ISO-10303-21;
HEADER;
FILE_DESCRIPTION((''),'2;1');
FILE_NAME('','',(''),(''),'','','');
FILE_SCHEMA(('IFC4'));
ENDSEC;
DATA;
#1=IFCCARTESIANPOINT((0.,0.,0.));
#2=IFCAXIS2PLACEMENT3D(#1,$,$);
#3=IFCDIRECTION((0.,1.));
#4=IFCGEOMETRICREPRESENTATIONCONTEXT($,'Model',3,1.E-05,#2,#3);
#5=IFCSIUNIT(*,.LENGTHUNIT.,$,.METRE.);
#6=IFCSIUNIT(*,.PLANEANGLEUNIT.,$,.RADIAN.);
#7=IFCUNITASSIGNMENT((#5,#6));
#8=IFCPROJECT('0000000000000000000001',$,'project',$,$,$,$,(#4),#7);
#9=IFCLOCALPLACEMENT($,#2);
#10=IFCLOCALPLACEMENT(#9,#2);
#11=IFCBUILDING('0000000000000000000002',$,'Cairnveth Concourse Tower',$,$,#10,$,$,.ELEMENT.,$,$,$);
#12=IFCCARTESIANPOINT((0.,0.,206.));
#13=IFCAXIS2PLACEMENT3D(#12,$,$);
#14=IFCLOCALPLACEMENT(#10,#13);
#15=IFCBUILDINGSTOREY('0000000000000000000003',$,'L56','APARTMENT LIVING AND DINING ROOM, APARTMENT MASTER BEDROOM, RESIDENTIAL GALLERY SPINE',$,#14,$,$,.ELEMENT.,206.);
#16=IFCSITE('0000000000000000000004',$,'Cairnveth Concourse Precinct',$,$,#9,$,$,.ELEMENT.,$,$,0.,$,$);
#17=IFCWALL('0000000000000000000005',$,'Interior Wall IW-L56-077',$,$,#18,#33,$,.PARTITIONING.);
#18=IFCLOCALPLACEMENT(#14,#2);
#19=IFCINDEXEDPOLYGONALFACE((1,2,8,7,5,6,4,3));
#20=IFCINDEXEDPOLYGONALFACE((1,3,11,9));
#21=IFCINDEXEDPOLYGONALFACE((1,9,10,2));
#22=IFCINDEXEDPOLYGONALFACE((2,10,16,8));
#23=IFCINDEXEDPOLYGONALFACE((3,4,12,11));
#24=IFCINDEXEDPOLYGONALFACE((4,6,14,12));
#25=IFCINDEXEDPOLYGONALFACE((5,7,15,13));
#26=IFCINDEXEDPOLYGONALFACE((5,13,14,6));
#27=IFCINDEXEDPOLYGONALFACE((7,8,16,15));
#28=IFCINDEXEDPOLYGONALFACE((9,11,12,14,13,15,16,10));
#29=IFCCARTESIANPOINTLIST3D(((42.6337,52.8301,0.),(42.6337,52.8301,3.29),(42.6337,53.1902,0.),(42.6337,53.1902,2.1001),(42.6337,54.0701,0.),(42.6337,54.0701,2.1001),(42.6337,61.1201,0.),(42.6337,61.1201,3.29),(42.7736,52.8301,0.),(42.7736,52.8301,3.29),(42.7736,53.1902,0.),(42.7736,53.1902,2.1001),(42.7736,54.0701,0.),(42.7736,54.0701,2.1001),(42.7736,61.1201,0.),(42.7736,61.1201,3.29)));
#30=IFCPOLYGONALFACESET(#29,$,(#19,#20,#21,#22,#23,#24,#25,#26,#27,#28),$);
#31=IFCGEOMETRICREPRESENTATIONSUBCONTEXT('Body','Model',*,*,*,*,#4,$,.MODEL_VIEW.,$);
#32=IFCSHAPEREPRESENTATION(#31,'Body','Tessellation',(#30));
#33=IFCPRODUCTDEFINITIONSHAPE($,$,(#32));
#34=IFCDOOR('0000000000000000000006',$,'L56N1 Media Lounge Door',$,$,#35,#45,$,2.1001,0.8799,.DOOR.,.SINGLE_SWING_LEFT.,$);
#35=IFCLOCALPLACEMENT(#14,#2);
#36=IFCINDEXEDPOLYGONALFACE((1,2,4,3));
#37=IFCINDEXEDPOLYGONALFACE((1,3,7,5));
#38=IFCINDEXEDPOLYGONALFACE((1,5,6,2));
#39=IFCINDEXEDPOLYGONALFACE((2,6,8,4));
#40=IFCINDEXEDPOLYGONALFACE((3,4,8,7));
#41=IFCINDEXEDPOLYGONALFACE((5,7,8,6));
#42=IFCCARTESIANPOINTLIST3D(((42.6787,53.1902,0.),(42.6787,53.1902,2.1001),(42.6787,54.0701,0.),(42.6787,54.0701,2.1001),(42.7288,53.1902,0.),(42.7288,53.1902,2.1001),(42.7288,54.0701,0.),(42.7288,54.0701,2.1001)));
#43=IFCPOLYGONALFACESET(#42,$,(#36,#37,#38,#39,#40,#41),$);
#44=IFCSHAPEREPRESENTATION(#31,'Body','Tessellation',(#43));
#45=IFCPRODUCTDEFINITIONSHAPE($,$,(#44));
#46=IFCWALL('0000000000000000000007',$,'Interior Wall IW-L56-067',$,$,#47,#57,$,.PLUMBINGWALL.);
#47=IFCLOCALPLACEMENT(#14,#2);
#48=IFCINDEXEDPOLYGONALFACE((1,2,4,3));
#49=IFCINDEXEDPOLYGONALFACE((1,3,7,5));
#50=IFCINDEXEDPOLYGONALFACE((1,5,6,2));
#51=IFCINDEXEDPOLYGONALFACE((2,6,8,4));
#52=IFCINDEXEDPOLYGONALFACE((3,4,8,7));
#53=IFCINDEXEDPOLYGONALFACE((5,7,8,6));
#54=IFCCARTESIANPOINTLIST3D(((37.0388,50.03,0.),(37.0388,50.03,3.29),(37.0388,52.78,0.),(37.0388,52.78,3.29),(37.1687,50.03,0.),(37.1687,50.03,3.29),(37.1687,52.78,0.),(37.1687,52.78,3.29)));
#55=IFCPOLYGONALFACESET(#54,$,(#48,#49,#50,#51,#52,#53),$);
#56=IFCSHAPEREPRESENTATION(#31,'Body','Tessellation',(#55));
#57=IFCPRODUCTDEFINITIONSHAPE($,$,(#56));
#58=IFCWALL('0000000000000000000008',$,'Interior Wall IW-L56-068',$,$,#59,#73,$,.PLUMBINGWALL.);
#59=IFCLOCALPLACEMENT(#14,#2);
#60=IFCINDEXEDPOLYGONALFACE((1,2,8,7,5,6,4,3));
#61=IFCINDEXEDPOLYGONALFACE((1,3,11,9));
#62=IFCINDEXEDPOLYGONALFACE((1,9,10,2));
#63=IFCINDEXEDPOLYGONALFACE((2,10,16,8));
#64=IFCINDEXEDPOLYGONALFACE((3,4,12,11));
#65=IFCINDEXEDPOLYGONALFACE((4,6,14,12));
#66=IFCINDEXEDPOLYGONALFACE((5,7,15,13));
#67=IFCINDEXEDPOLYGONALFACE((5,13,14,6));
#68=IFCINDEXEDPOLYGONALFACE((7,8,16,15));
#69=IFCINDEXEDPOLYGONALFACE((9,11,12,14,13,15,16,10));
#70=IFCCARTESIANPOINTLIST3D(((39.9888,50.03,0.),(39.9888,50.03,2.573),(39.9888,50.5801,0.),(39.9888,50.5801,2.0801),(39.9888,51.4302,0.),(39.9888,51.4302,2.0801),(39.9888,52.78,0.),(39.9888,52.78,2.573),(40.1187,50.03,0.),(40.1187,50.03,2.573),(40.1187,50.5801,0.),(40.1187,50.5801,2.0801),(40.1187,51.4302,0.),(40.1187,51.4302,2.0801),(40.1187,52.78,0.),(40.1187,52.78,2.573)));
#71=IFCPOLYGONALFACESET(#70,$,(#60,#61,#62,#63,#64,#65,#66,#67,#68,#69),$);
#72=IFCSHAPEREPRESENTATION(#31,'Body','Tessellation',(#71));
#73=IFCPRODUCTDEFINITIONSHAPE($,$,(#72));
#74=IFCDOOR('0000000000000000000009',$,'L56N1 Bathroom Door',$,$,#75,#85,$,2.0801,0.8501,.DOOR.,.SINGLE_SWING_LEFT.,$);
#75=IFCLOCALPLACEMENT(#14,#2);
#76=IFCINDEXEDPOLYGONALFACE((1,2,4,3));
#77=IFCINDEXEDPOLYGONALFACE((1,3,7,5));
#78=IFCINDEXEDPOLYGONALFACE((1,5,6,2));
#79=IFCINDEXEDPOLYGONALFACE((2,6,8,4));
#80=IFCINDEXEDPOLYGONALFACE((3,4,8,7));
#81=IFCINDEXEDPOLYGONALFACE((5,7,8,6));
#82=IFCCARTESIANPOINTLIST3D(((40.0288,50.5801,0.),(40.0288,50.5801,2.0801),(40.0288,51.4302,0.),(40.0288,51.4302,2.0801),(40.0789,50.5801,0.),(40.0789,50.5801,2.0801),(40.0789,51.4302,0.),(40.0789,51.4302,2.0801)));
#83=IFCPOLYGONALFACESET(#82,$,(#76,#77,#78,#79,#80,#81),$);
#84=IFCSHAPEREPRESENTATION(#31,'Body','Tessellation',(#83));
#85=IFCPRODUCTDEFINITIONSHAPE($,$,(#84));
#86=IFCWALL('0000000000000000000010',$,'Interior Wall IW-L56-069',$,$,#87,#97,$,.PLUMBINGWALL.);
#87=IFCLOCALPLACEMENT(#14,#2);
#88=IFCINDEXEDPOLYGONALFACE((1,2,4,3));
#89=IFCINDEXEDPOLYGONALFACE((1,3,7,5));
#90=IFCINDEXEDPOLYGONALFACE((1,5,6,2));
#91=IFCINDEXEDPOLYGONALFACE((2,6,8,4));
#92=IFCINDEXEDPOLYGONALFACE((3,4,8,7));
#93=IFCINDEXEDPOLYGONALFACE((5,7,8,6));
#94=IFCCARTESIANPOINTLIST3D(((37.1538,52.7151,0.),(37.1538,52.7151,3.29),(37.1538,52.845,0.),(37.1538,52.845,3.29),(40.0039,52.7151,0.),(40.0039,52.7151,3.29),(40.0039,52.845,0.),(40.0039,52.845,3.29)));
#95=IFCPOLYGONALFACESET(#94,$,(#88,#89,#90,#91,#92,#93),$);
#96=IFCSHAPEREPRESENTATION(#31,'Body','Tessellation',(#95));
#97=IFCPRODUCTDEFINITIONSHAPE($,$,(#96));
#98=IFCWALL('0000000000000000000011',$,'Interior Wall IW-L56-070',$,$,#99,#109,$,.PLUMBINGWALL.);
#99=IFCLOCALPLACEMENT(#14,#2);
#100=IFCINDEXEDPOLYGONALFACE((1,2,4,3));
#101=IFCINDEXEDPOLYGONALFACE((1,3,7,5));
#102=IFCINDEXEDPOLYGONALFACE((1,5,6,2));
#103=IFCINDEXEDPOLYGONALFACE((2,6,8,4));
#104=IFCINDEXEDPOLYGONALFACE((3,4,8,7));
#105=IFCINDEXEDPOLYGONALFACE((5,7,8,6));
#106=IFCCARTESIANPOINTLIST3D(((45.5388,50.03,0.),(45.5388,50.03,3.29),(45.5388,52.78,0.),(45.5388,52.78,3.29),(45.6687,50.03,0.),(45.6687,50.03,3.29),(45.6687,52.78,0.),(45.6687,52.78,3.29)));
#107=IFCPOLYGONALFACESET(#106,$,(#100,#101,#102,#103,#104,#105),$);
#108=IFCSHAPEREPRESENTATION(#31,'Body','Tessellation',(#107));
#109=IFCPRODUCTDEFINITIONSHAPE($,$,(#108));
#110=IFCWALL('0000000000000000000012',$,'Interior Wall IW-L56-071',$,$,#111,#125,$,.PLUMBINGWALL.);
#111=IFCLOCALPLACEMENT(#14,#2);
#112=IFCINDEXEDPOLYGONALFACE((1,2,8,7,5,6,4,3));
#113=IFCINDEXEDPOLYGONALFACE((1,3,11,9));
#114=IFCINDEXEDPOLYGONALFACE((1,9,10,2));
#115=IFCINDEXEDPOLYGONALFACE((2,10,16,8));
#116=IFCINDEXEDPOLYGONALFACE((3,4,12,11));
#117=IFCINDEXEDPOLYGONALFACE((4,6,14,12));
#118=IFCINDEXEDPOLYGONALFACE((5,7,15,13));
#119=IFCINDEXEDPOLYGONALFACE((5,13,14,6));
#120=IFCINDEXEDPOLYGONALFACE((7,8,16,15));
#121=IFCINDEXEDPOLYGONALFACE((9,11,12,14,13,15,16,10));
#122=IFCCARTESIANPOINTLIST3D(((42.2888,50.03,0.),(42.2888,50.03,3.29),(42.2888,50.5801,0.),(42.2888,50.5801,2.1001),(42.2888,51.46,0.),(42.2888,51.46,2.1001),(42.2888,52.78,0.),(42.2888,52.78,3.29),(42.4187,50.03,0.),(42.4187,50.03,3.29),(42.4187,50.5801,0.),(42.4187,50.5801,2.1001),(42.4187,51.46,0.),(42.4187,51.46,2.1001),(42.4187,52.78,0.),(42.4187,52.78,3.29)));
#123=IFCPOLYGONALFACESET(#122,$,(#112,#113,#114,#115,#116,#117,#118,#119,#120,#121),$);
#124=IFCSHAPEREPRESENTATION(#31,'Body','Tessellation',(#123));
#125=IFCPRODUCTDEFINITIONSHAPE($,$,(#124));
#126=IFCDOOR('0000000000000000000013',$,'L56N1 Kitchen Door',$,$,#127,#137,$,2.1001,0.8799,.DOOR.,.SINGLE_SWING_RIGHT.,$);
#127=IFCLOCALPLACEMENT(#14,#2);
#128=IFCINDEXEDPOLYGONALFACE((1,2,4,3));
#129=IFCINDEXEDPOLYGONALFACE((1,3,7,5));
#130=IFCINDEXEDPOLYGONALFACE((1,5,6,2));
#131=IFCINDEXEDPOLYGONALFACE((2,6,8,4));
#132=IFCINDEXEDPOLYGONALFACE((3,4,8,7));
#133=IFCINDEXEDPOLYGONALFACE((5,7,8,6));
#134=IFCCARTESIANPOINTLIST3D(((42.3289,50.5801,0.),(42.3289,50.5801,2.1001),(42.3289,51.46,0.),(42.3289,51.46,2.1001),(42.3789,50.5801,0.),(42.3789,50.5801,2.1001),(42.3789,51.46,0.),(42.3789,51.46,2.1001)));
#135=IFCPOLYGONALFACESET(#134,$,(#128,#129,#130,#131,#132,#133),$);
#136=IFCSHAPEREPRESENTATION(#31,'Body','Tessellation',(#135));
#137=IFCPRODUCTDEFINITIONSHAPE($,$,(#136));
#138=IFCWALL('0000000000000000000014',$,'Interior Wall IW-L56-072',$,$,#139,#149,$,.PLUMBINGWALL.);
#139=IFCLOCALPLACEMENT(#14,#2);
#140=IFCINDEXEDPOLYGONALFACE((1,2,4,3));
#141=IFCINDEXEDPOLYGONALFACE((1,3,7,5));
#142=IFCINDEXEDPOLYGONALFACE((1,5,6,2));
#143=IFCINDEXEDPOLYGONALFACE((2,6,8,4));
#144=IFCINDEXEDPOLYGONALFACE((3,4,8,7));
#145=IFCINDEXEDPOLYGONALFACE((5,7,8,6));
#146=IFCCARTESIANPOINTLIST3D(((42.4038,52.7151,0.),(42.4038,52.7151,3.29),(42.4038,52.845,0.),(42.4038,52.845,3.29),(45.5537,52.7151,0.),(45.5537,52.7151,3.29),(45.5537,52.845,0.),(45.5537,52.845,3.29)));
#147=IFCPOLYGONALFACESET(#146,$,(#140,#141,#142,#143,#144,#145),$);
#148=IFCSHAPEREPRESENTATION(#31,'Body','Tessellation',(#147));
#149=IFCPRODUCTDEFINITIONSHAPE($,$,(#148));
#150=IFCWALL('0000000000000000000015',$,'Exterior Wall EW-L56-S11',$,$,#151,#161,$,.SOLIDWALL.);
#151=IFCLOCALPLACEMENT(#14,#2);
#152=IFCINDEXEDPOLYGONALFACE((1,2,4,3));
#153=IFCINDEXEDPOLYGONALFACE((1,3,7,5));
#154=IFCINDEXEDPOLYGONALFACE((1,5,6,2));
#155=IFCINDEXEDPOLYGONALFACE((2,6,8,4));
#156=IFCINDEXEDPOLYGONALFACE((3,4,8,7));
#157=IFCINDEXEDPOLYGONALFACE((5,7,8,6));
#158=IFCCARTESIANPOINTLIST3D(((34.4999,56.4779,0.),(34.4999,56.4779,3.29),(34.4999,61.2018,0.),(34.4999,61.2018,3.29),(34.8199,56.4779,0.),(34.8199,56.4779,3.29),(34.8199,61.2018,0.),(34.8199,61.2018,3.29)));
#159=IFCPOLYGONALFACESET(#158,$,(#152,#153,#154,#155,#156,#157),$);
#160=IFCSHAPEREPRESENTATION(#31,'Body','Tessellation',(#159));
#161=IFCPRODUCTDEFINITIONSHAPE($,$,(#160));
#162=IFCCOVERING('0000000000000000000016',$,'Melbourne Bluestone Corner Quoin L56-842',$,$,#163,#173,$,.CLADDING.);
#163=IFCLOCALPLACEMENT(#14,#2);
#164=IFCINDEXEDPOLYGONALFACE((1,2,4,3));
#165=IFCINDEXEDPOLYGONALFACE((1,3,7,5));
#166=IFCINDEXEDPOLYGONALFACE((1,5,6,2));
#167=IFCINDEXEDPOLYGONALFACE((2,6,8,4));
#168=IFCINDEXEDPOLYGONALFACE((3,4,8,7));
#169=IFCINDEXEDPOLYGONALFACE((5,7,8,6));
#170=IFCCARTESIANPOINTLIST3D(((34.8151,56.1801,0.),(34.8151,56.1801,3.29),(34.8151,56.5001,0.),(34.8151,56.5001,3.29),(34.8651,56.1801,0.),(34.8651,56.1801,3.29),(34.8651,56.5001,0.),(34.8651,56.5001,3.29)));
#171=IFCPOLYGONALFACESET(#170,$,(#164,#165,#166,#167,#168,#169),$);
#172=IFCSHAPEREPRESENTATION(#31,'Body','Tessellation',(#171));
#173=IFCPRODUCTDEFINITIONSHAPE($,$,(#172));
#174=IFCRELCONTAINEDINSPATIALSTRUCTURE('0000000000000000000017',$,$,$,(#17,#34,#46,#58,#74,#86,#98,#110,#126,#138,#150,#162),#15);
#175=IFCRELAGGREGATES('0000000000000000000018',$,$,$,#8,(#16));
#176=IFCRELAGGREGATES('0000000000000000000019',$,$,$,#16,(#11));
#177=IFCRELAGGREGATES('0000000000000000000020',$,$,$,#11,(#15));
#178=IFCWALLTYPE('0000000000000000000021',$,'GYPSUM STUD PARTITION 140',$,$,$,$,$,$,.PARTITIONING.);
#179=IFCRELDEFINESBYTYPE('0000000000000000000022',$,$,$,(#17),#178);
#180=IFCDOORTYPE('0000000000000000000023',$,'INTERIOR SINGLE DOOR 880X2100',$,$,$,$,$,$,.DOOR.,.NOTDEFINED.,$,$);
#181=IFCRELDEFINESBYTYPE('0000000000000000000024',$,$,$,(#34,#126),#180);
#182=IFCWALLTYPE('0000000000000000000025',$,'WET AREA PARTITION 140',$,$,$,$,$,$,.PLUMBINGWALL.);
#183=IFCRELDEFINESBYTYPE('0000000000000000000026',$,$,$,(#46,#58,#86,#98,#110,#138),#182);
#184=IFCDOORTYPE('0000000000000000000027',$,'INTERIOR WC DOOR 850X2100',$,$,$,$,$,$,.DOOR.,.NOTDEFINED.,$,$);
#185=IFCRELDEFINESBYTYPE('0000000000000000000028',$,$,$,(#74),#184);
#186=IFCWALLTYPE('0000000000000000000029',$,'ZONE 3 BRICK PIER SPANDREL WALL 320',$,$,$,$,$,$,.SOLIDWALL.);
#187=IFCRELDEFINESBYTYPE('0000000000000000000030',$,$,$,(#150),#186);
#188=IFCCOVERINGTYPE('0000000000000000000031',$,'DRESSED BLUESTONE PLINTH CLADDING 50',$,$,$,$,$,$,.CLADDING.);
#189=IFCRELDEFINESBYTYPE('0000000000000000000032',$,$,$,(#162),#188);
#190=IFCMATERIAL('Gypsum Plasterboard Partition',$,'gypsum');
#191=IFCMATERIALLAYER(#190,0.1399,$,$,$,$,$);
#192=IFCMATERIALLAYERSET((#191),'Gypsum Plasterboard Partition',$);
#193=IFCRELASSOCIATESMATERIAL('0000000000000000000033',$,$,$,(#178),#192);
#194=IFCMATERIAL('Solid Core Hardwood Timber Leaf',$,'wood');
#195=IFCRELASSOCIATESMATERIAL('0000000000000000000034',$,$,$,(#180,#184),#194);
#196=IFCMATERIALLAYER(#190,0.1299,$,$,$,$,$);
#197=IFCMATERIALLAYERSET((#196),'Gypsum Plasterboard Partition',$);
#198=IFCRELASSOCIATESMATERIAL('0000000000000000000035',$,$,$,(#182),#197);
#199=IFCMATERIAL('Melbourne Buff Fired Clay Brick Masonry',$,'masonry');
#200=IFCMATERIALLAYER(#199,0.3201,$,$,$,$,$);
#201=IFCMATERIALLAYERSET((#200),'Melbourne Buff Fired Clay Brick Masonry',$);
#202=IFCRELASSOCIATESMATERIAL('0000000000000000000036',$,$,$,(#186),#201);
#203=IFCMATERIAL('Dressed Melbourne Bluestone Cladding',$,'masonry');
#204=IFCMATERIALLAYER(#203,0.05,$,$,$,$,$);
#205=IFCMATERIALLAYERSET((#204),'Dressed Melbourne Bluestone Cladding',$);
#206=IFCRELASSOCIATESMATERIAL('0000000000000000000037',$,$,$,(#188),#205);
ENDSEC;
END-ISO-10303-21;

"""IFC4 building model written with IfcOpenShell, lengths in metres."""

from ifc_helpers import new_model, si_unit, direction, frame, frame_2d, origin, place, context, subcontext, project, spatial, rectangle, extrude, material, layer, layer_set, type_object, element, fill, save


model = new_model("IFC4")

# Units and contexts
model_context = context("Model", 3, precision=1e-05, world=origin(), true_north=direction((0.0, 1.0)))
body_context = subcontext(model_context, "Body", "Model", "MODEL_VIEW")
ifc_project = project(units=[si_unit("LENGTHUNIT", "METRE"), si_unit("PLANEANGLEUNIT", "RADIAN")], contexts=[model_context])

# Site, building, storey
site_placement = place(None, origin())
site = spatial("IfcSite", under=ifc_project, at=site_placement, Name="Cairnveth Concourse Precinct", CompositionType="ELEMENT", RefElevation=0.0)
building_placement = place(site_placement, origin())
building = spatial("IfcBuilding", under=site, at=building_placement, Name="Cairnveth Concourse Tower", CompositionType="ELEMENT")
storey_placement = place(building_placement, frame((0.0, 0.0, 206.0)))
storey = spatial("IfcBuildingStorey", under=building, at=storey_placement, Name="L56", Description="APARTMENT LIVING AND DINING ROOM, APARTMENT MASTER BEDROOM, RESIDENTIAL GALLERY SPINE", CompositionType="ELEMENT", Elevation=206.0)

# Wall, opening, door
ifc_material_1 = material(Name="Gypsum Plasterboard Partition", Category="gypsum")
ifc_layer_1 = layer(ifc_material_1, 0.1399)
ifc_layer_set_1 = layer_set([ifc_layer_1], Name="Gypsum Plasterboard Partition")
wall_type_1 = type_object("IfcWallType", Name="GYPSUM STUD PARTITION 140", PredefinedType="PARTITIONING", material=ifc_layer_set_1)
ifc_material_2 = material(Name="Solid Core Hardwood Timber Leaf", Category="wood")
door_type_1 = type_object("IfcDoorType", Name="INTERIOR SINGLE DOOR 880X2100", OperationType="NOTDEFINED", PredefinedType="DOOR", material=ifc_material_2)
wall_1_placement = place(storey_placement, frame((42.7036, 52.8301, 0.0), z_axis=(0.0, 0.0, 1.0), x_axis=(0.0, 1.0, 0.0)))
wall_1 = element("IfcWall", 1, at=wall_1_placement, inside=storey, type_object=wall_type_1, Name="Interior Wall IW-L56-077", PredefinedType="PARTITIONING", context=body_context, shape_type="SweptSolid", body=[
    extrude(rectangle(XDim=8.29, YDim=0.1399, at=frame_2d((4.145, 0.0))), origin(), (0.0, 0.0, 1.0), 3.29),
])
opening_1_placement = place(wall_1_placement, frame((0.3601, 0.0, 0.0)))
opening_1 = element("IfcOpeningElement", 2, at=opening_1_placement, cuts=wall_1, PredefinedType="OPENING", context=body_context, shape_type="SweptSolid", body=[
    extrude(rectangle(XDim=0.8799, YDim=2.1001, at=frame_2d((0.4399, 1.05))), frame((0.0, 0.0798, 0.0), z_axis=(0.0, -1.0, 0.0), x_axis=(1.0, 0.0, 0.0)), (0.0, 0.0, 1.0), 0.1599),
])
door_1_placement = place(opening_1_placement, origin())
door_1 = element("IfcDoor", 3, at=door_1_placement, inside=storey, type_object=door_type_1, Name="L56N1 Media Lounge Door", OperationType="SINGLE_SWING_LEFT", OverallHeight=2.1001, OverallWidth=0.8799, PredefinedType="DOOR", context=body_context, shape_type="SweptSolid", body=[
    extrude(rectangle(XDim=0.8799, YDim=2.1001, at=frame_2d((0.4399, 1.05))), frame((0.0, 0.0249, 0.0), z_axis=(0.0, -1.0, 0.0), x_axis=(1.0, 0.0, 0.0)), (0.0, 0.0, 1.0), 0.05),
])
fill(opening_1, door_1)

# Wall
ifc_layer_2 = layer(ifc_material_1, 0.1299)
ifc_layer_set_2 = layer_set([ifc_layer_2], Name="Gypsum Plasterboard Partition")
wall_type_2 = type_object("IfcWallType", Name="WET AREA PARTITION 140", PredefinedType="PLUMBINGWALL", material=ifc_layer_set_2)
wall_2_placement = place(storey_placement, frame((37.1038, 50.03, 0.0), z_axis=(0.0, 0.0, 1.0), x_axis=(0.0, 1.0, 0.0)))
element("IfcWall", 4, at=wall_2_placement, inside=storey, type_object=wall_type_2, Name="Interior Wall IW-L56-067", PredefinedType="PLUMBINGWALL", context=body_context, shape_type="SweptSolid", body=[
    extrude(rectangle(XDim=2.75, YDim=0.1299, at=frame_2d((1.375, 0.0))), origin(), (0.0, 0.0, 1.0), 3.29),
])

# Wall, opening, door
wall_3_placement = place(storey_placement, frame((40.0537, 50.03, 0.0), z_axis=(0.0, 0.0, 1.0), x_axis=(0.0, 1.0, 0.0)))
wall_3 = element("IfcWall", 5, at=wall_3_placement, inside=storey, type_object=wall_type_2, Name="Interior Wall IW-L56-068", PredefinedType="PLUMBINGWALL", context=body_context, shape_type="SweptSolid", body=[
    extrude(rectangle(XDim=2.75, YDim=0.1299, at=frame_2d((1.375, 0.0))), origin(), (0.0, 0.0, 1.0), 2.573),
])
opening_2_placement = place(wall_3_placement, frame((0.55, 0.0, 0.0)))
opening_2 = element("IfcOpeningElement", 6, at=opening_2_placement, cuts=wall_3, PredefinedType="OPENING", context=body_context, shape_type="SweptSolid", body=[
    extrude(rectangle(XDim=0.8501, YDim=2.0801, at=frame_2d((0.425, 1.04))), frame((0.0, 0.075, 0.0), z_axis=(0.0, -1.0, 0.0), x_axis=(1.0, 0.0, 0.0)), (0.0, 0.0, 1.0), 0.1499),
])
door_type_2 = type_object("IfcDoorType", Name="INTERIOR WC DOOR 850X2100", OperationType="NOTDEFINED", PredefinedType="DOOR", material=ifc_material_2)
door_2_placement = place(opening_2_placement, origin())
door_2 = element("IfcDoor", 7, at=door_2_placement, inside=storey, type_object=door_type_2, Name="L56N1 Bathroom Door", OperationType="SINGLE_SWING_LEFT", OverallHeight=2.0801, OverallWidth=0.8501, PredefinedType="DOOR", context=body_context, shape_type="SweptSolid", body=[
    extrude(rectangle(XDim=0.8501, YDim=2.0801, at=frame_2d((0.425, 1.04))), frame((0.0, 0.0249, 0.0), z_axis=(0.0, -1.0, 0.0), x_axis=(1.0, 0.0, 0.0)), (0.0, 0.0, 1.0), 0.05),
])
fill(opening_2, door_2)

# Walls
wall_4_placement = place(storey_placement, frame((37.1538, 52.78, 0.0), z_axis=(0.0, 0.0, 1.0), x_axis=(1.0, 0.0, 0.0)))
element("IfcWall", 8, at=wall_4_placement, inside=storey, type_object=wall_type_2, Name="Interior Wall IW-L56-069", PredefinedType="PLUMBINGWALL", context=body_context, shape_type="SweptSolid", body=[
    extrude(rectangle(XDim=2.8501, YDim=0.1299, at=frame_2d((1.425, 0.0))), origin(), (0.0, 0.0, 1.0), 3.29),
])
wall_5_placement = place(storey_placement, frame((45.6038, 50.03, 0.0), z_axis=(0.0, 0.0, 1.0), x_axis=(0.0, 1.0, 0.0)))
element("IfcWall", 9, at=wall_5_placement, inside=storey, type_object=wall_type_2, Name="Interior Wall IW-L56-070", PredefinedType="PLUMBINGWALL", context=body_context, shape_type="SweptSolid", body=[
    extrude(rectangle(XDim=2.75, YDim=0.1299, at=frame_2d((1.375, 0.0))), origin(), (0.0, 0.0, 1.0), 3.29),
])

# Wall, opening, door
wall_6_placement = place(storey_placement, frame((42.3538, 50.03, 0.0), z_axis=(0.0, 0.0, 1.0), x_axis=(0.0, 1.0, 0.0)))
wall_6 = element("IfcWall", 10, at=wall_6_placement, inside=storey, type_object=wall_type_2, Name="Interior Wall IW-L56-071", PredefinedType="PLUMBINGWALL", context=body_context, shape_type="SweptSolid", body=[
    extrude(rectangle(XDim=2.75, YDim=0.1299, at=frame_2d((1.375, 0.0))), origin(), (0.0, 0.0, 1.0), 3.29),
])
opening_3_placement = place(wall_6_placement, frame((0.55, 0.0, 0.0)))
opening_3 = element("IfcOpeningElement", 11, at=opening_3_placement, cuts=wall_6, PredefinedType="OPENING", context=body_context, shape_type="SweptSolid", body=[
    extrude(rectangle(XDim=0.8799, YDim=2.1001, at=frame_2d((0.4399, 1.05))), frame((0.0, 0.075, 0.0), z_axis=(0.0, -1.0, 0.0), x_axis=(1.0, 0.0, 0.0)), (0.0, 0.0, 1.0), 0.1499),
])
door_3_placement = place(opening_3_placement, origin())
door_3 = element("IfcDoor", 12, at=door_3_placement, inside=storey, type_object=door_type_1, Name="L56N1 Kitchen Door", OperationType="SINGLE_SWING_RIGHT", OverallHeight=2.1001, OverallWidth=0.8799, PredefinedType="DOOR", context=body_context, shape_type="SweptSolid", body=[
    extrude(rectangle(XDim=0.8799, YDim=2.1001, at=frame_2d((0.4399, 1.05))), frame((0.0, 0.0249, 0.0), z_axis=(0.0, -1.0, 0.0), x_axis=(1.0, 0.0, 0.0)), (0.0, 0.0, 1.0), 0.05),
])
fill(opening_3, door_3)

# Walls
wall_7_placement = place(storey_placement, frame((42.4038, 52.78, 0.0), z_axis=(0.0, 0.0, 1.0), x_axis=(1.0, 0.0, 0.0)))
element("IfcWall", 13, at=wall_7_placement, inside=storey, type_object=wall_type_2, Name="Interior Wall IW-L56-072", PredefinedType="PLUMBINGWALL", context=body_context, shape_type="SweptSolid", body=[
    extrude(rectangle(XDim=3.1499, YDim=0.1299, at=frame_2d((1.575, 0.0))), origin(), (0.0, 0.0, 1.0), 3.29),
])
ifc_material_3 = material(Name="Melbourne Buff Fired Clay Brick Masonry", Category="masonry")
ifc_layer_3 = layer(ifc_material_3, 0.3201)
ifc_layer_set_3 = layer_set([ifc_layer_3], Name="Melbourne Buff Fired Clay Brick Masonry")
wall_type_3 = type_object("IfcWallType", Name="ZONE 3 BRICK PIER SPANDREL WALL 320", PredefinedType="SOLIDWALL", material=ifc_layer_set_3)
wall_8_placement = place(storey_placement, frame((34.6599, 56.478, 0.0), z_axis=(0.0, 0.0, 1.0), x_axis=(0.0, 1.0, 0.0)))
element("IfcWall", 14, at=wall_8_placement, inside=storey, type_object=wall_type_3, Name="Exterior Wall EW-L56-S11", PredefinedType="SOLIDWALL", context=body_context, shape_type="SweptSolid", body=[
    extrude(rectangle(XDim=4.7239, YDim=0.3201, at=frame_2d((2.3618, 0.0))), origin(), (0.0, 0.0, 1.0), 3.29),
])

# Covering
ifc_material_4 = material(Name="Dressed Melbourne Bluestone Cladding", Category="masonry")
ifc_layer_4 = layer(ifc_material_4, 0.05)
ifc_layer_set_4 = layer_set([ifc_layer_4], Name="Dressed Melbourne Bluestone Cladding")
covering_type = type_object("IfcCoveringType", Name="DRESSED BLUESTONE PLINTH CLADDING 50", PredefinedType="CLADDING", material=ifc_layer_set_4)
covering_placement = place(storey_placement, frame((34.8401, 56.1799, 0.0), z_axis=(0.0, 0.0, 1.0), x_axis=(0.0, 1.0, 0.0)))
element("IfcCovering", 15, at=covering_placement, inside=storey, type_object=covering_type, Name="Melbourne Bluestone Corner Quoin L56-842", PredefinedType="CLADDING", context=body_context, shape_type="SweptSolid", body=[
    extrude(rectangle(XDim=0.3201, YDim=0.05, at=frame_2d((0.1602, 0.0))), origin(), (0.0, 0.0, 1.0), 3.29),
])

save(model, "model.ifc")
